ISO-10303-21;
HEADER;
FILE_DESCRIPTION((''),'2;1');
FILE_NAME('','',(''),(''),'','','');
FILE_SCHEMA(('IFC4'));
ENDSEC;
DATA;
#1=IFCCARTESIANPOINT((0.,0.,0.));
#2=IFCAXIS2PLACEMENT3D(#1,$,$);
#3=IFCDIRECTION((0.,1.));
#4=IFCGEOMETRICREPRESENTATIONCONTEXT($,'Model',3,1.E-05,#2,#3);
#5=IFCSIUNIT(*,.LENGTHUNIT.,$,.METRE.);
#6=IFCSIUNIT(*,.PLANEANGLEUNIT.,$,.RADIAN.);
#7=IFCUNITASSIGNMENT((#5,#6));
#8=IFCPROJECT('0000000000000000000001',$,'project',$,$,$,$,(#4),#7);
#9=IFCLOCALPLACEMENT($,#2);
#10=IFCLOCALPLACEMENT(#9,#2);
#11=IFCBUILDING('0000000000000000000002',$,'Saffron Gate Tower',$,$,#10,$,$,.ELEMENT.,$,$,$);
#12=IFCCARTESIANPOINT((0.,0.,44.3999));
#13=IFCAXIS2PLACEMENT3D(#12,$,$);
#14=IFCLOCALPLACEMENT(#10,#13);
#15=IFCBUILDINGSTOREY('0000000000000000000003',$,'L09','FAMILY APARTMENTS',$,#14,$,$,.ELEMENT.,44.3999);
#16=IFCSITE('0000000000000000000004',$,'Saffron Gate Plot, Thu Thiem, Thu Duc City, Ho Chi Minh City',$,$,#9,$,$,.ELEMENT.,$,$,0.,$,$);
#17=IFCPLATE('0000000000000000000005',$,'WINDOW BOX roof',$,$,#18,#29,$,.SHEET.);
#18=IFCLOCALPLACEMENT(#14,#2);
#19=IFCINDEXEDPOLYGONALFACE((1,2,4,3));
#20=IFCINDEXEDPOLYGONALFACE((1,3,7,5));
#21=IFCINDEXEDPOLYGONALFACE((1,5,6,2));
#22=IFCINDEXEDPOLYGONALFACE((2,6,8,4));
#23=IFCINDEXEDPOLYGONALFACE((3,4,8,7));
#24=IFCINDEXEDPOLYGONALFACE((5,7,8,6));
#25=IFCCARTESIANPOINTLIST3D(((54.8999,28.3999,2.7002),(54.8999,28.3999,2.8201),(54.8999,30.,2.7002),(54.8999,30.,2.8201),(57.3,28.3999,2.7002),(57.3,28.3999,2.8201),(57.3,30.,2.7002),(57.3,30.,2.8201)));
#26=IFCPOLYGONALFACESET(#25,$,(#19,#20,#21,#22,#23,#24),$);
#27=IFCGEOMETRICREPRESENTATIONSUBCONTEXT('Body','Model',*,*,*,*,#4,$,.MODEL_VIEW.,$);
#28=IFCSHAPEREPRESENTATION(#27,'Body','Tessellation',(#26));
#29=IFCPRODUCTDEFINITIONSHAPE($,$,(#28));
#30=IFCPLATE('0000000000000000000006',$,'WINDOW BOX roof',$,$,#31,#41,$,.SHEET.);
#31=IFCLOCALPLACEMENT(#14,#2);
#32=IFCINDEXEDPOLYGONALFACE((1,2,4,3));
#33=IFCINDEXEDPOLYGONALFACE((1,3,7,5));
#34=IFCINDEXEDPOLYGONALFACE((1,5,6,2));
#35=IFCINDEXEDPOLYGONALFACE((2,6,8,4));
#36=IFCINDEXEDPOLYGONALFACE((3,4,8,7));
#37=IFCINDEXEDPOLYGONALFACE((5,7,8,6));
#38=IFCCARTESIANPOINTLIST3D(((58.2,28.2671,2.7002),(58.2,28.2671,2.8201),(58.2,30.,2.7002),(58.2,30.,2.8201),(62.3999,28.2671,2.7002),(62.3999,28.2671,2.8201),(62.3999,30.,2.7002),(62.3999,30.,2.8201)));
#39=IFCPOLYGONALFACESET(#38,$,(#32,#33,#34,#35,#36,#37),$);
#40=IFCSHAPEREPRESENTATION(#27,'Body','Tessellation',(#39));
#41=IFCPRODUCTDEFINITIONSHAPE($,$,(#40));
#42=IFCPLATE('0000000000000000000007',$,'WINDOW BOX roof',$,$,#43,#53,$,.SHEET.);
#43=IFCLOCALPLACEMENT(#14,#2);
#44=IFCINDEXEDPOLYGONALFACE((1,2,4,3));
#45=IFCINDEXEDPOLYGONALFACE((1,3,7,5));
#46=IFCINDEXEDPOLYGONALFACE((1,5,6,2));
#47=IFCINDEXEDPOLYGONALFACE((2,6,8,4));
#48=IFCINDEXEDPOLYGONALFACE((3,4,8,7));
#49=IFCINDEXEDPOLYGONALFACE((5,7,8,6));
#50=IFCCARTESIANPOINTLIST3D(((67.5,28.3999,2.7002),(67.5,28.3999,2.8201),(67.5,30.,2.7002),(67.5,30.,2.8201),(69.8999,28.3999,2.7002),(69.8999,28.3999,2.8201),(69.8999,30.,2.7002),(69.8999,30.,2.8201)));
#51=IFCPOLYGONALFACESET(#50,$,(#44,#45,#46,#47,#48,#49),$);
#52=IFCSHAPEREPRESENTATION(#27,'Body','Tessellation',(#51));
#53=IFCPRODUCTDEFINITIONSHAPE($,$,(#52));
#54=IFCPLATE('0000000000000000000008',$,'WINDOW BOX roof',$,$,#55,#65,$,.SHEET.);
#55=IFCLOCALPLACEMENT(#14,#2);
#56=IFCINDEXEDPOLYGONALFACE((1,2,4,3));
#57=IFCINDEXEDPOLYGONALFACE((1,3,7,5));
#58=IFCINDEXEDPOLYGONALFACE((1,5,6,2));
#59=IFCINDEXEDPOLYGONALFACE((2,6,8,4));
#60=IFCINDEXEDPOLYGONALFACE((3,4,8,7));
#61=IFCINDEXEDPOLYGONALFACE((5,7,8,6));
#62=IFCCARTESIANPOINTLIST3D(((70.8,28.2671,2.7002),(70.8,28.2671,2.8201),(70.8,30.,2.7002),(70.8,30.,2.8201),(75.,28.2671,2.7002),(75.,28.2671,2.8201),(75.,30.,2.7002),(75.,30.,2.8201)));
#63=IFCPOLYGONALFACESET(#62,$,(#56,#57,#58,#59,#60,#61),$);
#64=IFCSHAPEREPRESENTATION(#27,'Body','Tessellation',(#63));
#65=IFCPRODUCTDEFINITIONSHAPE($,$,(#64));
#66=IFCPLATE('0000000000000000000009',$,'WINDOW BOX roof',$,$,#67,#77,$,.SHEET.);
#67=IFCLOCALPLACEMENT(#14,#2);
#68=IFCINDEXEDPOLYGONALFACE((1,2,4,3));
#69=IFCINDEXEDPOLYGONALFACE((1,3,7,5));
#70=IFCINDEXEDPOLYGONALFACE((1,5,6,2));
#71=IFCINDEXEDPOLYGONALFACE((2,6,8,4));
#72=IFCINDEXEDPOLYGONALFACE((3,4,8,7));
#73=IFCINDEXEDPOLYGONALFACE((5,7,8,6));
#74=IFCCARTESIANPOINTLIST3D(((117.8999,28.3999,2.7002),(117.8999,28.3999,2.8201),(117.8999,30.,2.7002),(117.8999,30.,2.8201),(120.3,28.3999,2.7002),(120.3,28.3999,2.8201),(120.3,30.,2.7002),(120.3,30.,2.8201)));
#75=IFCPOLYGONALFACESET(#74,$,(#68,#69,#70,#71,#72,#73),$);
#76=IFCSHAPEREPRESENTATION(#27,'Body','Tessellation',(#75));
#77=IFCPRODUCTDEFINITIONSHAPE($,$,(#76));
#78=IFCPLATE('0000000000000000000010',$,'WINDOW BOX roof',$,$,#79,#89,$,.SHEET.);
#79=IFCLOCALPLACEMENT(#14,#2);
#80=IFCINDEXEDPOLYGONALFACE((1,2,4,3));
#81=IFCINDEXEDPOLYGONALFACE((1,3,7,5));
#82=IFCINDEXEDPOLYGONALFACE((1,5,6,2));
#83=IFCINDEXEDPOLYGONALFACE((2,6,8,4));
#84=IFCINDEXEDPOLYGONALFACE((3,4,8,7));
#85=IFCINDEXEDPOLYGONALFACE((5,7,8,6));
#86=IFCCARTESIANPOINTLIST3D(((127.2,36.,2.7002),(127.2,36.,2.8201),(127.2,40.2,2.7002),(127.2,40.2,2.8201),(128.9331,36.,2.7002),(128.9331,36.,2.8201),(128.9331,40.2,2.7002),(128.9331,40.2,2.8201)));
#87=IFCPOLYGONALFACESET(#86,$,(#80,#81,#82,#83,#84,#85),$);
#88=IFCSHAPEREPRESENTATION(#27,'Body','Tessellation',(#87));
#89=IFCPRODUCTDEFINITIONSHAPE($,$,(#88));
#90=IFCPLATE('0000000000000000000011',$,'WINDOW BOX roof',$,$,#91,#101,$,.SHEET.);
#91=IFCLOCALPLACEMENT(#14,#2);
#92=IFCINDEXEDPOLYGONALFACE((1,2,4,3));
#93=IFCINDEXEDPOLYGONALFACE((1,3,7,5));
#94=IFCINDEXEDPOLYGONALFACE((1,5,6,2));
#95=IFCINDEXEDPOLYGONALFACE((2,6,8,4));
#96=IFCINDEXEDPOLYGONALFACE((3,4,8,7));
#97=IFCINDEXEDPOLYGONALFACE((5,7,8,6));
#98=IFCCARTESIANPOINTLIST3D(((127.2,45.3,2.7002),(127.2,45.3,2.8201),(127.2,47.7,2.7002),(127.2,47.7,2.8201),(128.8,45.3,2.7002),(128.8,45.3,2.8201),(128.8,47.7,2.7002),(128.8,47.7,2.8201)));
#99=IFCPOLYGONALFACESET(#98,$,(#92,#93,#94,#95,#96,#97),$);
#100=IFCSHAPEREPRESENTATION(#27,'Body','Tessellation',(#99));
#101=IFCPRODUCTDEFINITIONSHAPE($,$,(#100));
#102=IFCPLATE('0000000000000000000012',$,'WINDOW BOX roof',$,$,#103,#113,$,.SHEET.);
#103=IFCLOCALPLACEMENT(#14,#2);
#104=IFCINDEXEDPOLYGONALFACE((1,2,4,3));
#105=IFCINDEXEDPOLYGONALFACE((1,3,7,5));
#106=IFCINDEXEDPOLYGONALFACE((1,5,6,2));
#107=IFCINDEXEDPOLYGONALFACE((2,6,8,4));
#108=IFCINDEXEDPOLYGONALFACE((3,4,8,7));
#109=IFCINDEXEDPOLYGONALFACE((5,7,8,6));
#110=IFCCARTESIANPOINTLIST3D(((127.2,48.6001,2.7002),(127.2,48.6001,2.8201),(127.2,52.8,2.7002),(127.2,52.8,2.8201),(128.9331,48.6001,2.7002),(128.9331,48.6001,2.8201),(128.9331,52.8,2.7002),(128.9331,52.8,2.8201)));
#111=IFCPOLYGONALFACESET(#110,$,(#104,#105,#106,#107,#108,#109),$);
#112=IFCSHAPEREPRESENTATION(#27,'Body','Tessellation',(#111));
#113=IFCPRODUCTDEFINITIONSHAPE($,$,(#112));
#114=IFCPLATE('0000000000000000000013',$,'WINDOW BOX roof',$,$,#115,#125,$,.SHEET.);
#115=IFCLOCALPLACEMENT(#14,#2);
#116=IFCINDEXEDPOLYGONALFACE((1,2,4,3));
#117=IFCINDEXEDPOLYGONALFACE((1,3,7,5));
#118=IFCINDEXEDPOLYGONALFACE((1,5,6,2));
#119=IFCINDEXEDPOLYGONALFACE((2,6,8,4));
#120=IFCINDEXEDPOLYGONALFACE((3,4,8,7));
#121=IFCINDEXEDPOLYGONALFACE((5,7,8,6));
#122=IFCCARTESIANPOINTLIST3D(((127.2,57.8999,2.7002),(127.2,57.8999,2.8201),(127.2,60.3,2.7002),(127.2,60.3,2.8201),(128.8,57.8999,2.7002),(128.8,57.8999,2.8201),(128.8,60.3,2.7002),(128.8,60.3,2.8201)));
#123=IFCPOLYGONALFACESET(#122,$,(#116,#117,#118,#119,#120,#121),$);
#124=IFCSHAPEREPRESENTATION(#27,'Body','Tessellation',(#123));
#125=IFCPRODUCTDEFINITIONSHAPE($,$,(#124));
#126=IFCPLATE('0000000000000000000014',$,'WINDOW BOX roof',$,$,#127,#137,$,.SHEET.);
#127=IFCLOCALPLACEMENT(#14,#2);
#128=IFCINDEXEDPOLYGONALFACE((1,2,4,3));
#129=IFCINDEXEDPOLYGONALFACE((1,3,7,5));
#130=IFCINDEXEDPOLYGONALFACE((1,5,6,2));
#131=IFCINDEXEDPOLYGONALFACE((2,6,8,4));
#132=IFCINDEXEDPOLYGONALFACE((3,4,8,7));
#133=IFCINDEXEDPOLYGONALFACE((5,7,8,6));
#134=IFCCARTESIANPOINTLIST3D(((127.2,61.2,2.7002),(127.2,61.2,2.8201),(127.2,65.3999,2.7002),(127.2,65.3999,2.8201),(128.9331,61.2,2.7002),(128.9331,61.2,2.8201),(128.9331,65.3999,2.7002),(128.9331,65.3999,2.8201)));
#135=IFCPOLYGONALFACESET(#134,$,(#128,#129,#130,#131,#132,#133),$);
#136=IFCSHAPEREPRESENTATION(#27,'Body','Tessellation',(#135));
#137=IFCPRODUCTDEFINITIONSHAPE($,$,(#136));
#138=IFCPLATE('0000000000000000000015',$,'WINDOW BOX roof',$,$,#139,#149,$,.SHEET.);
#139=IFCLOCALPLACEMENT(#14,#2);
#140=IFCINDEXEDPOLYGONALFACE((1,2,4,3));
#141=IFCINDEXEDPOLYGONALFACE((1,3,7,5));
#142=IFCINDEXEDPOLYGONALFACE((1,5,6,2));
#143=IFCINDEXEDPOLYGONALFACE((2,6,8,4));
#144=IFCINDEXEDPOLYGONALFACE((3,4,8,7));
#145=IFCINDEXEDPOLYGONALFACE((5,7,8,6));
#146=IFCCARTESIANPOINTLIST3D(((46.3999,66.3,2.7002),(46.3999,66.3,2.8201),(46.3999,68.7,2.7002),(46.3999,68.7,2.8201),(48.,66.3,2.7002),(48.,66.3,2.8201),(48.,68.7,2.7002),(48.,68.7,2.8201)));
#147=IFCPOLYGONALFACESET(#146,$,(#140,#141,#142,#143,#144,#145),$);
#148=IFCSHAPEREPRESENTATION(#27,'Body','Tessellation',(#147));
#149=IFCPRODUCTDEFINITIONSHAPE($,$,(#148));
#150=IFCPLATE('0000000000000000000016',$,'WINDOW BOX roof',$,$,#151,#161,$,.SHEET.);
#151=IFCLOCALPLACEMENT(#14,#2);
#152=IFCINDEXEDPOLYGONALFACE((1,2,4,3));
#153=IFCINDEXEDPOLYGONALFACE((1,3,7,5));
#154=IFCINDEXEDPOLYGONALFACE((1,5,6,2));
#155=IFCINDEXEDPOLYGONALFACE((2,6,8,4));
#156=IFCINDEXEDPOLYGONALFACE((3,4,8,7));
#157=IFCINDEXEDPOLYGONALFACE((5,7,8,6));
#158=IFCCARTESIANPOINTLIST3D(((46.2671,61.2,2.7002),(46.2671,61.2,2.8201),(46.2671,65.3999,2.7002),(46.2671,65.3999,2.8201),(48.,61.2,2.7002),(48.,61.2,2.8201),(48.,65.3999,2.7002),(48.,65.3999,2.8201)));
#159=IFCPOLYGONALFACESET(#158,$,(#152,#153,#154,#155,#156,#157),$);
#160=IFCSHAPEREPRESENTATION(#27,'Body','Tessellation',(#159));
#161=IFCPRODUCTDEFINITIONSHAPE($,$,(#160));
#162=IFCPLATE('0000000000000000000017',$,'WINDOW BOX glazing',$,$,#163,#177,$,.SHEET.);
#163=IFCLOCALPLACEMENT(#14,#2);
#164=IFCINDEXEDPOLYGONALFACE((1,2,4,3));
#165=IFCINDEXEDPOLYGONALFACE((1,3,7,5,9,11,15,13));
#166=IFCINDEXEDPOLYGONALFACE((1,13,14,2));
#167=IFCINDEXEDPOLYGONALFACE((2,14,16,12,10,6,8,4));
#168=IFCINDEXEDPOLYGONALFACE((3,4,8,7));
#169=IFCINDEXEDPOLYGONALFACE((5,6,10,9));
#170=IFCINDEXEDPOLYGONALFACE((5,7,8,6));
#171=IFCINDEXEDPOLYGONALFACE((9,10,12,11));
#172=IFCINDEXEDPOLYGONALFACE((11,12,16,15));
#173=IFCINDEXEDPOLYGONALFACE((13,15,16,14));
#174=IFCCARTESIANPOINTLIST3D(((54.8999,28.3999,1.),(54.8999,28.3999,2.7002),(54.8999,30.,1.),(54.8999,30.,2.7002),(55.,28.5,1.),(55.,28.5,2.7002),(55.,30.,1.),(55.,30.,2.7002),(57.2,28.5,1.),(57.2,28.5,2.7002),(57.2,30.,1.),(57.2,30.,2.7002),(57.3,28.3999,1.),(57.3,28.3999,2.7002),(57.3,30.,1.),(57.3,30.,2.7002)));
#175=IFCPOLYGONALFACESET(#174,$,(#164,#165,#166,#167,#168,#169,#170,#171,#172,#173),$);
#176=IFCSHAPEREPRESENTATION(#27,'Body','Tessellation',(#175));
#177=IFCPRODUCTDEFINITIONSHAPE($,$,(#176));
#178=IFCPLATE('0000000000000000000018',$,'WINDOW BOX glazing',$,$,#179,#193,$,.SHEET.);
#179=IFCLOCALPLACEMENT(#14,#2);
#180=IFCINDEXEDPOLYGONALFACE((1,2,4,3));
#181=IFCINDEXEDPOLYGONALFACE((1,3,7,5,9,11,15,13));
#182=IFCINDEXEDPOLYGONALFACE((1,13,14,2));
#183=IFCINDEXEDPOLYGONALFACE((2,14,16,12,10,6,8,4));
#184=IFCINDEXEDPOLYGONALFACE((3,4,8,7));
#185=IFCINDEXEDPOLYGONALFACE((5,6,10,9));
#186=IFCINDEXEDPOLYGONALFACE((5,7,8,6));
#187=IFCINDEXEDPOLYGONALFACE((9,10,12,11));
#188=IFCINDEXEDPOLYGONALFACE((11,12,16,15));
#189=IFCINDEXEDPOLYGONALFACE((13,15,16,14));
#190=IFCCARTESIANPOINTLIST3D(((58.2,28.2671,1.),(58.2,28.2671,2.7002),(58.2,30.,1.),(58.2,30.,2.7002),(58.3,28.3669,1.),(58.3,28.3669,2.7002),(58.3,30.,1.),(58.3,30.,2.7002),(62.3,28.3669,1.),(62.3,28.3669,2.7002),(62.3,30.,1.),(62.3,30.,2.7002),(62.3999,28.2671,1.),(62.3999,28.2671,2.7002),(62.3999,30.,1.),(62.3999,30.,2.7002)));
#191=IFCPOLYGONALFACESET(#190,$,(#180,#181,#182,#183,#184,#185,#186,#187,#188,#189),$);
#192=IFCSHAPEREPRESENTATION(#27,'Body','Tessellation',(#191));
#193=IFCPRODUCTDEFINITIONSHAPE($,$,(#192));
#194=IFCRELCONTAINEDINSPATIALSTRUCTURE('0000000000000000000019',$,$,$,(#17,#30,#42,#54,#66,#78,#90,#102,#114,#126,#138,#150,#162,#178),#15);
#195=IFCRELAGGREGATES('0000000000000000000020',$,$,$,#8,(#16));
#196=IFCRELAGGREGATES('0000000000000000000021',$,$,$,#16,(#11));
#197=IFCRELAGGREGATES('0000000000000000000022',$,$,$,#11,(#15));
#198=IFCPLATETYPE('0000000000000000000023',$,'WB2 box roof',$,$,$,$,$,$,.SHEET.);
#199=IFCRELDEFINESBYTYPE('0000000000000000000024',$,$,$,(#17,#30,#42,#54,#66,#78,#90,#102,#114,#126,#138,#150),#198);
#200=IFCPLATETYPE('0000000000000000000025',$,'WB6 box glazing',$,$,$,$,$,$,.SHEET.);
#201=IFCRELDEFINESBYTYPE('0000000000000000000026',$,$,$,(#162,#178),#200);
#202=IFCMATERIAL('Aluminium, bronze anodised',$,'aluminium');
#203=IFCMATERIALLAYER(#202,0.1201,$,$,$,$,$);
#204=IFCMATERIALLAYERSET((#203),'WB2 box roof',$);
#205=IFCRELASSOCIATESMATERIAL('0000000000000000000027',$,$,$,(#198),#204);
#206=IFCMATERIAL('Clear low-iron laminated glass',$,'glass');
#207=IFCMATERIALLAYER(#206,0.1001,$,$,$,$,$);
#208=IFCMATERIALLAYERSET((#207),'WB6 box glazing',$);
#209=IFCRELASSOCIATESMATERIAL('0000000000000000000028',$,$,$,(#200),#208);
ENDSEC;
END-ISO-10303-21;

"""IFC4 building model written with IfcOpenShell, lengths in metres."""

from ifc_helpers import new_model, si_unit, direction, frame, origin, place, context, subcontext, project, spatial, polyline, outline, extrude, material, layer, layer_set, type_object, element, save


model = new_model("IFC4")

# Units and contexts
model_context = context("Model", 3, precision=1e-05, world=origin(), true_north=direction((0.0, 1.0)))
body_context = subcontext(model_context, "Body", "Model", "MODEL_VIEW")
ifc_project = project(units=[si_unit("LENGTHUNIT", "METRE"), si_unit("PLANEANGLEUNIT", "RADIAN")], contexts=[model_context])

# Site, building, storey
site_placement = place(None, origin())
site = spatial("IfcSite", under=ifc_project, at=site_placement, Name="Saffron Gate Plot, Thu Thiem, Thu Duc City, Ho Chi Minh City", CompositionType="ELEMENT", RefElevation=0.0)
building_placement = place(site_placement, origin())
building = spatial("IfcBuilding", under=site, at=building_placement, Name="Saffron Gate Tower", CompositionType="ELEMENT")
storey_placement = place(building_placement, frame((0.0, 0.0, 44.3999)))
storey = spatial("IfcBuildingStorey", under=building, at=storey_placement, Name="L09", Description="FAMILY APARTMENTS", CompositionType="ELEMENT", Elevation=44.3999)

# Plates
ifc_material_1 = material(Name="Aluminium, bronze anodised", Category="aluminium")
ifc_layer_1 = layer(ifc_material_1, 0.1201)
ifc_layer_set_1 = layer_set([ifc_layer_1], Name="WB2 box roof")
plate_type_1 = type_object("IfcPlateType", Name="WB2 box roof", PredefinedType="SHEET", material=ifc_layer_set_1)
plate_1_placement = place(storey_placement, frame((0.0, 0.0, 2.7002)))
element("IfcPlate", 1, at=plate_1_placement, inside=storey, type_object=plate_type_1, Name="WINDOW BOX roof", PredefinedType="SHEET", context=body_context, shape_type="SweptSolid", body=[
    extrude(outline(polyline([(54.8999, 30.0), (57.3, 30.0), (57.3, 28.3999), (54.8999, 28.3999), (54.8999, 30.0)])), origin(), (0.0, 0.0, 1.0), 0.1199),
])
plate_2_placement = place(storey_placement, frame((0.0, 0.0, 2.7002)))
element("IfcPlate", 2, at=plate_2_placement, inside=storey, type_object=plate_type_1, Name="WINDOW BOX roof", PredefinedType="SHEET", context=body_context, shape_type="SweptSolid", body=[
    extrude(outline(polyline([(58.2, 30.0), (62.3999, 30.0), (62.3999, 28.2671), (58.2, 28.2671), (58.2, 30.0)])), origin(), (0.0, 0.0, 1.0), 0.1199),
])
plate_3_placement = place(storey_placement, frame((0.0, 0.0, 2.7002)))
element("IfcPlate", 3, at=plate_3_placement, inside=storey, type_object=plate_type_1, Name="WINDOW BOX roof", PredefinedType="SHEET", context=body_context, shape_type="SweptSolid", body=[
    extrude(outline(polyline([(67.5, 30.0), (69.8999, 30.0), (69.8999, 28.3999), (67.5, 28.3999), (67.5, 30.0)])), origin(), (0.0, 0.0, 1.0), 0.1199),
])
plate_4_placement = place(storey_placement, frame((0.0, 0.0, 2.7002)))
element("IfcPlate", 4, at=plate_4_placement, inside=storey, type_object=plate_type_1, Name="WINDOW BOX roof", PredefinedType="SHEET", context=body_context, shape_type="SweptSolid", body=[
    extrude(outline(polyline([(70.8, 30.0), (75.0, 30.0), (75.0, 28.2671), (70.8, 28.2671), (70.8, 30.0)])), origin(), (0.0, 0.0, 1.0), 0.1199),
])
plate_5_placement = place(storey_placement, frame((0.0, 0.0, 2.7002)))
element("IfcPlate", 5, at=plate_5_placement, inside=storey, type_object=plate_type_1, Name="WINDOW BOX roof", PredefinedType="SHEET", context=body_context, shape_type="SweptSolid", body=[
    extrude(outline(polyline([(117.8999, 30.0), (120.3, 30.0), (120.3, 28.3999), (117.8999, 28.3999), (117.8999, 30.0)])), origin(), (0.0, 0.0, 1.0), 0.1199),
])
plate_6_placement = place(storey_placement, frame((0.0, 0.0, 2.7002)))
element("IfcPlate", 6, at=plate_6_placement, inside=storey, type_object=plate_type_1, Name="WINDOW BOX roof", PredefinedType="SHEET", context=body_context, shape_type="SweptSolid", body=[
    extrude(outline(polyline([(127.2, 36.0), (127.2, 40.2), (128.9331, 40.2), (128.9331, 36.0), (127.2, 36.0)])), origin(), (0.0, 0.0, 1.0), 0.1199),
])
plate_7_placement = place(storey_placement, frame((0.0, 0.0, 2.7002)))
element("IfcPlate", 7, at=plate_7_placement, inside=storey, type_object=plate_type_1, Name="WINDOW BOX roof", PredefinedType="SHEET", context=body_context, shape_type="SweptSolid", body=[
    extrude(outline(polyline([(127.2, 45.3), (127.2, 47.7), (128.8, 47.7), (128.8, 45.3), (127.2, 45.3)])), origin(), (0.0, 0.0, 1.0), 0.1199),
])
plate_8_placement = place(storey_placement, frame((0.0, 0.0, 2.7002)))
element("IfcPlate", 8, at=plate_8_placement, inside=storey, type_object=plate_type_1, Name="WINDOW BOX roof", PredefinedType="SHEET", context=body_context, shape_type="SweptSolid", body=[
    extrude(outline(polyline([(127.2, 48.6001), (127.2, 52.8), (128.9331, 52.8), (128.9331, 48.6001), (127.2, 48.6001)])), origin(), (0.0, 0.0, 1.0), 0.1199),
])
plate_9_placement = place(storey_placement, frame((0.0, 0.0, 2.7002)))
element("IfcPlate", 9, at=plate_9_placement, inside=storey, type_object=plate_type_1, Name="WINDOW BOX roof", PredefinedType="SHEET", context=body_context, shape_type="SweptSolid", body=[
    extrude(outline(polyline([(127.2, 57.8999), (127.2, 60.3), (128.8, 60.3), (128.8, 57.8999), (127.2, 57.8999)])), origin(), (0.0, 0.0, 1.0), 0.1199),
])
plate_10_placement = place(storey_placement, frame((0.0, 0.0, 2.7002)))
element("IfcPlate", 10, at=plate_10_placement, inside=storey, type_object=plate_type_1, Name="WINDOW BOX roof", PredefinedType="SHEET", context=body_context, shape_type="SweptSolid", body=[
    extrude(outline(polyline([(127.2, 61.2), (127.2, 65.3999), (128.9331, 65.3999), (128.9331, 61.2), (127.2, 61.2)])), origin(), (0.0, 0.0, 1.0), 0.1199),
])
plate_11_placement = place(storey_placement, frame((0.0, 0.0, 2.7002)))
element("IfcPlate", 11, at=plate_11_placement, inside=storey, type_object=plate_type_1, Name="WINDOW BOX roof", PredefinedType="SHEET", context=body_context, shape_type="SweptSolid", body=[
    extrude(outline(polyline([(48.0, 68.7), (48.0, 66.3), (46.3999, 66.3), (46.3999, 68.7), (48.0, 68.7)])), origin(), (0.0, 0.0, 1.0), 0.1199),
])
plate_12_placement = place(storey_placement, frame((0.0, 0.0, 2.7002)))
element("IfcPlate", 12, at=plate_12_placement, inside=storey, type_object=plate_type_1, Name="WINDOW BOX roof", PredefinedType="SHEET", context=body_context, shape_type="SweptSolid", body=[
    extrude(outline(polyline([(48.0, 65.3999), (48.0, 61.2), (46.2671, 61.2), (46.2671, 65.3999), (48.0, 65.3999)])), origin(), (0.0, 0.0, 1.0), 0.1199),
])
ifc_material_2 = material(Name="Clear low-iron laminated glass", Category="glass")
ifc_layer_2 = layer(ifc_material_2, 0.1001)
ifc_layer_set_2 = layer_set([ifc_layer_2], Name="WB6 box glazing")
plate_type_2 = type_object("IfcPlateType", Name="WB6 box glazing", PredefinedType="SHEET", material=ifc_layer_set_2)
plate_13_placement = place(storey_placement, frame((0.0, 0.0, 1.0)))
element("IfcPlate", 13, at=plate_13_placement, inside=storey, type_object=plate_type_2, Name="WINDOW BOX glazing", PredefinedType="SHEET", context=body_context, shape_type="SweptSolid", body=[
    extrude(outline(polyline([(54.8999, 30.0), (55.0, 30.0), (55.0, 28.5), (57.2, 28.5), (57.2, 30.0), (57.3, 30.0), (57.3, 28.3999), (54.8999, 28.3999), (54.8999, 30.0)])), origin(), (0.0, 0.0, 1.0), 1.7002),
])
plate_14_placement = place(storey_placement, frame((0.0, 0.0, 1.0)))
element("IfcPlate", 14, at=plate_14_placement, inside=storey, type_object=plate_type_2, Name="WINDOW BOX glazing", PredefinedType="SHEET", context=body_context, shape_type="SweptSolid", body=[
    extrude(outline(polyline([(58.2, 30.0), (58.3, 30.0), (58.3, 28.3669), (62.3, 28.3669), (62.3, 30.0), (62.3999, 30.0), (62.3999, 28.2671), (58.2, 28.2671), (58.2, 30.0)])), origin(), (0.0, 0.0, 1.0), 1.7002),
])

save(model, "model.ifc")
